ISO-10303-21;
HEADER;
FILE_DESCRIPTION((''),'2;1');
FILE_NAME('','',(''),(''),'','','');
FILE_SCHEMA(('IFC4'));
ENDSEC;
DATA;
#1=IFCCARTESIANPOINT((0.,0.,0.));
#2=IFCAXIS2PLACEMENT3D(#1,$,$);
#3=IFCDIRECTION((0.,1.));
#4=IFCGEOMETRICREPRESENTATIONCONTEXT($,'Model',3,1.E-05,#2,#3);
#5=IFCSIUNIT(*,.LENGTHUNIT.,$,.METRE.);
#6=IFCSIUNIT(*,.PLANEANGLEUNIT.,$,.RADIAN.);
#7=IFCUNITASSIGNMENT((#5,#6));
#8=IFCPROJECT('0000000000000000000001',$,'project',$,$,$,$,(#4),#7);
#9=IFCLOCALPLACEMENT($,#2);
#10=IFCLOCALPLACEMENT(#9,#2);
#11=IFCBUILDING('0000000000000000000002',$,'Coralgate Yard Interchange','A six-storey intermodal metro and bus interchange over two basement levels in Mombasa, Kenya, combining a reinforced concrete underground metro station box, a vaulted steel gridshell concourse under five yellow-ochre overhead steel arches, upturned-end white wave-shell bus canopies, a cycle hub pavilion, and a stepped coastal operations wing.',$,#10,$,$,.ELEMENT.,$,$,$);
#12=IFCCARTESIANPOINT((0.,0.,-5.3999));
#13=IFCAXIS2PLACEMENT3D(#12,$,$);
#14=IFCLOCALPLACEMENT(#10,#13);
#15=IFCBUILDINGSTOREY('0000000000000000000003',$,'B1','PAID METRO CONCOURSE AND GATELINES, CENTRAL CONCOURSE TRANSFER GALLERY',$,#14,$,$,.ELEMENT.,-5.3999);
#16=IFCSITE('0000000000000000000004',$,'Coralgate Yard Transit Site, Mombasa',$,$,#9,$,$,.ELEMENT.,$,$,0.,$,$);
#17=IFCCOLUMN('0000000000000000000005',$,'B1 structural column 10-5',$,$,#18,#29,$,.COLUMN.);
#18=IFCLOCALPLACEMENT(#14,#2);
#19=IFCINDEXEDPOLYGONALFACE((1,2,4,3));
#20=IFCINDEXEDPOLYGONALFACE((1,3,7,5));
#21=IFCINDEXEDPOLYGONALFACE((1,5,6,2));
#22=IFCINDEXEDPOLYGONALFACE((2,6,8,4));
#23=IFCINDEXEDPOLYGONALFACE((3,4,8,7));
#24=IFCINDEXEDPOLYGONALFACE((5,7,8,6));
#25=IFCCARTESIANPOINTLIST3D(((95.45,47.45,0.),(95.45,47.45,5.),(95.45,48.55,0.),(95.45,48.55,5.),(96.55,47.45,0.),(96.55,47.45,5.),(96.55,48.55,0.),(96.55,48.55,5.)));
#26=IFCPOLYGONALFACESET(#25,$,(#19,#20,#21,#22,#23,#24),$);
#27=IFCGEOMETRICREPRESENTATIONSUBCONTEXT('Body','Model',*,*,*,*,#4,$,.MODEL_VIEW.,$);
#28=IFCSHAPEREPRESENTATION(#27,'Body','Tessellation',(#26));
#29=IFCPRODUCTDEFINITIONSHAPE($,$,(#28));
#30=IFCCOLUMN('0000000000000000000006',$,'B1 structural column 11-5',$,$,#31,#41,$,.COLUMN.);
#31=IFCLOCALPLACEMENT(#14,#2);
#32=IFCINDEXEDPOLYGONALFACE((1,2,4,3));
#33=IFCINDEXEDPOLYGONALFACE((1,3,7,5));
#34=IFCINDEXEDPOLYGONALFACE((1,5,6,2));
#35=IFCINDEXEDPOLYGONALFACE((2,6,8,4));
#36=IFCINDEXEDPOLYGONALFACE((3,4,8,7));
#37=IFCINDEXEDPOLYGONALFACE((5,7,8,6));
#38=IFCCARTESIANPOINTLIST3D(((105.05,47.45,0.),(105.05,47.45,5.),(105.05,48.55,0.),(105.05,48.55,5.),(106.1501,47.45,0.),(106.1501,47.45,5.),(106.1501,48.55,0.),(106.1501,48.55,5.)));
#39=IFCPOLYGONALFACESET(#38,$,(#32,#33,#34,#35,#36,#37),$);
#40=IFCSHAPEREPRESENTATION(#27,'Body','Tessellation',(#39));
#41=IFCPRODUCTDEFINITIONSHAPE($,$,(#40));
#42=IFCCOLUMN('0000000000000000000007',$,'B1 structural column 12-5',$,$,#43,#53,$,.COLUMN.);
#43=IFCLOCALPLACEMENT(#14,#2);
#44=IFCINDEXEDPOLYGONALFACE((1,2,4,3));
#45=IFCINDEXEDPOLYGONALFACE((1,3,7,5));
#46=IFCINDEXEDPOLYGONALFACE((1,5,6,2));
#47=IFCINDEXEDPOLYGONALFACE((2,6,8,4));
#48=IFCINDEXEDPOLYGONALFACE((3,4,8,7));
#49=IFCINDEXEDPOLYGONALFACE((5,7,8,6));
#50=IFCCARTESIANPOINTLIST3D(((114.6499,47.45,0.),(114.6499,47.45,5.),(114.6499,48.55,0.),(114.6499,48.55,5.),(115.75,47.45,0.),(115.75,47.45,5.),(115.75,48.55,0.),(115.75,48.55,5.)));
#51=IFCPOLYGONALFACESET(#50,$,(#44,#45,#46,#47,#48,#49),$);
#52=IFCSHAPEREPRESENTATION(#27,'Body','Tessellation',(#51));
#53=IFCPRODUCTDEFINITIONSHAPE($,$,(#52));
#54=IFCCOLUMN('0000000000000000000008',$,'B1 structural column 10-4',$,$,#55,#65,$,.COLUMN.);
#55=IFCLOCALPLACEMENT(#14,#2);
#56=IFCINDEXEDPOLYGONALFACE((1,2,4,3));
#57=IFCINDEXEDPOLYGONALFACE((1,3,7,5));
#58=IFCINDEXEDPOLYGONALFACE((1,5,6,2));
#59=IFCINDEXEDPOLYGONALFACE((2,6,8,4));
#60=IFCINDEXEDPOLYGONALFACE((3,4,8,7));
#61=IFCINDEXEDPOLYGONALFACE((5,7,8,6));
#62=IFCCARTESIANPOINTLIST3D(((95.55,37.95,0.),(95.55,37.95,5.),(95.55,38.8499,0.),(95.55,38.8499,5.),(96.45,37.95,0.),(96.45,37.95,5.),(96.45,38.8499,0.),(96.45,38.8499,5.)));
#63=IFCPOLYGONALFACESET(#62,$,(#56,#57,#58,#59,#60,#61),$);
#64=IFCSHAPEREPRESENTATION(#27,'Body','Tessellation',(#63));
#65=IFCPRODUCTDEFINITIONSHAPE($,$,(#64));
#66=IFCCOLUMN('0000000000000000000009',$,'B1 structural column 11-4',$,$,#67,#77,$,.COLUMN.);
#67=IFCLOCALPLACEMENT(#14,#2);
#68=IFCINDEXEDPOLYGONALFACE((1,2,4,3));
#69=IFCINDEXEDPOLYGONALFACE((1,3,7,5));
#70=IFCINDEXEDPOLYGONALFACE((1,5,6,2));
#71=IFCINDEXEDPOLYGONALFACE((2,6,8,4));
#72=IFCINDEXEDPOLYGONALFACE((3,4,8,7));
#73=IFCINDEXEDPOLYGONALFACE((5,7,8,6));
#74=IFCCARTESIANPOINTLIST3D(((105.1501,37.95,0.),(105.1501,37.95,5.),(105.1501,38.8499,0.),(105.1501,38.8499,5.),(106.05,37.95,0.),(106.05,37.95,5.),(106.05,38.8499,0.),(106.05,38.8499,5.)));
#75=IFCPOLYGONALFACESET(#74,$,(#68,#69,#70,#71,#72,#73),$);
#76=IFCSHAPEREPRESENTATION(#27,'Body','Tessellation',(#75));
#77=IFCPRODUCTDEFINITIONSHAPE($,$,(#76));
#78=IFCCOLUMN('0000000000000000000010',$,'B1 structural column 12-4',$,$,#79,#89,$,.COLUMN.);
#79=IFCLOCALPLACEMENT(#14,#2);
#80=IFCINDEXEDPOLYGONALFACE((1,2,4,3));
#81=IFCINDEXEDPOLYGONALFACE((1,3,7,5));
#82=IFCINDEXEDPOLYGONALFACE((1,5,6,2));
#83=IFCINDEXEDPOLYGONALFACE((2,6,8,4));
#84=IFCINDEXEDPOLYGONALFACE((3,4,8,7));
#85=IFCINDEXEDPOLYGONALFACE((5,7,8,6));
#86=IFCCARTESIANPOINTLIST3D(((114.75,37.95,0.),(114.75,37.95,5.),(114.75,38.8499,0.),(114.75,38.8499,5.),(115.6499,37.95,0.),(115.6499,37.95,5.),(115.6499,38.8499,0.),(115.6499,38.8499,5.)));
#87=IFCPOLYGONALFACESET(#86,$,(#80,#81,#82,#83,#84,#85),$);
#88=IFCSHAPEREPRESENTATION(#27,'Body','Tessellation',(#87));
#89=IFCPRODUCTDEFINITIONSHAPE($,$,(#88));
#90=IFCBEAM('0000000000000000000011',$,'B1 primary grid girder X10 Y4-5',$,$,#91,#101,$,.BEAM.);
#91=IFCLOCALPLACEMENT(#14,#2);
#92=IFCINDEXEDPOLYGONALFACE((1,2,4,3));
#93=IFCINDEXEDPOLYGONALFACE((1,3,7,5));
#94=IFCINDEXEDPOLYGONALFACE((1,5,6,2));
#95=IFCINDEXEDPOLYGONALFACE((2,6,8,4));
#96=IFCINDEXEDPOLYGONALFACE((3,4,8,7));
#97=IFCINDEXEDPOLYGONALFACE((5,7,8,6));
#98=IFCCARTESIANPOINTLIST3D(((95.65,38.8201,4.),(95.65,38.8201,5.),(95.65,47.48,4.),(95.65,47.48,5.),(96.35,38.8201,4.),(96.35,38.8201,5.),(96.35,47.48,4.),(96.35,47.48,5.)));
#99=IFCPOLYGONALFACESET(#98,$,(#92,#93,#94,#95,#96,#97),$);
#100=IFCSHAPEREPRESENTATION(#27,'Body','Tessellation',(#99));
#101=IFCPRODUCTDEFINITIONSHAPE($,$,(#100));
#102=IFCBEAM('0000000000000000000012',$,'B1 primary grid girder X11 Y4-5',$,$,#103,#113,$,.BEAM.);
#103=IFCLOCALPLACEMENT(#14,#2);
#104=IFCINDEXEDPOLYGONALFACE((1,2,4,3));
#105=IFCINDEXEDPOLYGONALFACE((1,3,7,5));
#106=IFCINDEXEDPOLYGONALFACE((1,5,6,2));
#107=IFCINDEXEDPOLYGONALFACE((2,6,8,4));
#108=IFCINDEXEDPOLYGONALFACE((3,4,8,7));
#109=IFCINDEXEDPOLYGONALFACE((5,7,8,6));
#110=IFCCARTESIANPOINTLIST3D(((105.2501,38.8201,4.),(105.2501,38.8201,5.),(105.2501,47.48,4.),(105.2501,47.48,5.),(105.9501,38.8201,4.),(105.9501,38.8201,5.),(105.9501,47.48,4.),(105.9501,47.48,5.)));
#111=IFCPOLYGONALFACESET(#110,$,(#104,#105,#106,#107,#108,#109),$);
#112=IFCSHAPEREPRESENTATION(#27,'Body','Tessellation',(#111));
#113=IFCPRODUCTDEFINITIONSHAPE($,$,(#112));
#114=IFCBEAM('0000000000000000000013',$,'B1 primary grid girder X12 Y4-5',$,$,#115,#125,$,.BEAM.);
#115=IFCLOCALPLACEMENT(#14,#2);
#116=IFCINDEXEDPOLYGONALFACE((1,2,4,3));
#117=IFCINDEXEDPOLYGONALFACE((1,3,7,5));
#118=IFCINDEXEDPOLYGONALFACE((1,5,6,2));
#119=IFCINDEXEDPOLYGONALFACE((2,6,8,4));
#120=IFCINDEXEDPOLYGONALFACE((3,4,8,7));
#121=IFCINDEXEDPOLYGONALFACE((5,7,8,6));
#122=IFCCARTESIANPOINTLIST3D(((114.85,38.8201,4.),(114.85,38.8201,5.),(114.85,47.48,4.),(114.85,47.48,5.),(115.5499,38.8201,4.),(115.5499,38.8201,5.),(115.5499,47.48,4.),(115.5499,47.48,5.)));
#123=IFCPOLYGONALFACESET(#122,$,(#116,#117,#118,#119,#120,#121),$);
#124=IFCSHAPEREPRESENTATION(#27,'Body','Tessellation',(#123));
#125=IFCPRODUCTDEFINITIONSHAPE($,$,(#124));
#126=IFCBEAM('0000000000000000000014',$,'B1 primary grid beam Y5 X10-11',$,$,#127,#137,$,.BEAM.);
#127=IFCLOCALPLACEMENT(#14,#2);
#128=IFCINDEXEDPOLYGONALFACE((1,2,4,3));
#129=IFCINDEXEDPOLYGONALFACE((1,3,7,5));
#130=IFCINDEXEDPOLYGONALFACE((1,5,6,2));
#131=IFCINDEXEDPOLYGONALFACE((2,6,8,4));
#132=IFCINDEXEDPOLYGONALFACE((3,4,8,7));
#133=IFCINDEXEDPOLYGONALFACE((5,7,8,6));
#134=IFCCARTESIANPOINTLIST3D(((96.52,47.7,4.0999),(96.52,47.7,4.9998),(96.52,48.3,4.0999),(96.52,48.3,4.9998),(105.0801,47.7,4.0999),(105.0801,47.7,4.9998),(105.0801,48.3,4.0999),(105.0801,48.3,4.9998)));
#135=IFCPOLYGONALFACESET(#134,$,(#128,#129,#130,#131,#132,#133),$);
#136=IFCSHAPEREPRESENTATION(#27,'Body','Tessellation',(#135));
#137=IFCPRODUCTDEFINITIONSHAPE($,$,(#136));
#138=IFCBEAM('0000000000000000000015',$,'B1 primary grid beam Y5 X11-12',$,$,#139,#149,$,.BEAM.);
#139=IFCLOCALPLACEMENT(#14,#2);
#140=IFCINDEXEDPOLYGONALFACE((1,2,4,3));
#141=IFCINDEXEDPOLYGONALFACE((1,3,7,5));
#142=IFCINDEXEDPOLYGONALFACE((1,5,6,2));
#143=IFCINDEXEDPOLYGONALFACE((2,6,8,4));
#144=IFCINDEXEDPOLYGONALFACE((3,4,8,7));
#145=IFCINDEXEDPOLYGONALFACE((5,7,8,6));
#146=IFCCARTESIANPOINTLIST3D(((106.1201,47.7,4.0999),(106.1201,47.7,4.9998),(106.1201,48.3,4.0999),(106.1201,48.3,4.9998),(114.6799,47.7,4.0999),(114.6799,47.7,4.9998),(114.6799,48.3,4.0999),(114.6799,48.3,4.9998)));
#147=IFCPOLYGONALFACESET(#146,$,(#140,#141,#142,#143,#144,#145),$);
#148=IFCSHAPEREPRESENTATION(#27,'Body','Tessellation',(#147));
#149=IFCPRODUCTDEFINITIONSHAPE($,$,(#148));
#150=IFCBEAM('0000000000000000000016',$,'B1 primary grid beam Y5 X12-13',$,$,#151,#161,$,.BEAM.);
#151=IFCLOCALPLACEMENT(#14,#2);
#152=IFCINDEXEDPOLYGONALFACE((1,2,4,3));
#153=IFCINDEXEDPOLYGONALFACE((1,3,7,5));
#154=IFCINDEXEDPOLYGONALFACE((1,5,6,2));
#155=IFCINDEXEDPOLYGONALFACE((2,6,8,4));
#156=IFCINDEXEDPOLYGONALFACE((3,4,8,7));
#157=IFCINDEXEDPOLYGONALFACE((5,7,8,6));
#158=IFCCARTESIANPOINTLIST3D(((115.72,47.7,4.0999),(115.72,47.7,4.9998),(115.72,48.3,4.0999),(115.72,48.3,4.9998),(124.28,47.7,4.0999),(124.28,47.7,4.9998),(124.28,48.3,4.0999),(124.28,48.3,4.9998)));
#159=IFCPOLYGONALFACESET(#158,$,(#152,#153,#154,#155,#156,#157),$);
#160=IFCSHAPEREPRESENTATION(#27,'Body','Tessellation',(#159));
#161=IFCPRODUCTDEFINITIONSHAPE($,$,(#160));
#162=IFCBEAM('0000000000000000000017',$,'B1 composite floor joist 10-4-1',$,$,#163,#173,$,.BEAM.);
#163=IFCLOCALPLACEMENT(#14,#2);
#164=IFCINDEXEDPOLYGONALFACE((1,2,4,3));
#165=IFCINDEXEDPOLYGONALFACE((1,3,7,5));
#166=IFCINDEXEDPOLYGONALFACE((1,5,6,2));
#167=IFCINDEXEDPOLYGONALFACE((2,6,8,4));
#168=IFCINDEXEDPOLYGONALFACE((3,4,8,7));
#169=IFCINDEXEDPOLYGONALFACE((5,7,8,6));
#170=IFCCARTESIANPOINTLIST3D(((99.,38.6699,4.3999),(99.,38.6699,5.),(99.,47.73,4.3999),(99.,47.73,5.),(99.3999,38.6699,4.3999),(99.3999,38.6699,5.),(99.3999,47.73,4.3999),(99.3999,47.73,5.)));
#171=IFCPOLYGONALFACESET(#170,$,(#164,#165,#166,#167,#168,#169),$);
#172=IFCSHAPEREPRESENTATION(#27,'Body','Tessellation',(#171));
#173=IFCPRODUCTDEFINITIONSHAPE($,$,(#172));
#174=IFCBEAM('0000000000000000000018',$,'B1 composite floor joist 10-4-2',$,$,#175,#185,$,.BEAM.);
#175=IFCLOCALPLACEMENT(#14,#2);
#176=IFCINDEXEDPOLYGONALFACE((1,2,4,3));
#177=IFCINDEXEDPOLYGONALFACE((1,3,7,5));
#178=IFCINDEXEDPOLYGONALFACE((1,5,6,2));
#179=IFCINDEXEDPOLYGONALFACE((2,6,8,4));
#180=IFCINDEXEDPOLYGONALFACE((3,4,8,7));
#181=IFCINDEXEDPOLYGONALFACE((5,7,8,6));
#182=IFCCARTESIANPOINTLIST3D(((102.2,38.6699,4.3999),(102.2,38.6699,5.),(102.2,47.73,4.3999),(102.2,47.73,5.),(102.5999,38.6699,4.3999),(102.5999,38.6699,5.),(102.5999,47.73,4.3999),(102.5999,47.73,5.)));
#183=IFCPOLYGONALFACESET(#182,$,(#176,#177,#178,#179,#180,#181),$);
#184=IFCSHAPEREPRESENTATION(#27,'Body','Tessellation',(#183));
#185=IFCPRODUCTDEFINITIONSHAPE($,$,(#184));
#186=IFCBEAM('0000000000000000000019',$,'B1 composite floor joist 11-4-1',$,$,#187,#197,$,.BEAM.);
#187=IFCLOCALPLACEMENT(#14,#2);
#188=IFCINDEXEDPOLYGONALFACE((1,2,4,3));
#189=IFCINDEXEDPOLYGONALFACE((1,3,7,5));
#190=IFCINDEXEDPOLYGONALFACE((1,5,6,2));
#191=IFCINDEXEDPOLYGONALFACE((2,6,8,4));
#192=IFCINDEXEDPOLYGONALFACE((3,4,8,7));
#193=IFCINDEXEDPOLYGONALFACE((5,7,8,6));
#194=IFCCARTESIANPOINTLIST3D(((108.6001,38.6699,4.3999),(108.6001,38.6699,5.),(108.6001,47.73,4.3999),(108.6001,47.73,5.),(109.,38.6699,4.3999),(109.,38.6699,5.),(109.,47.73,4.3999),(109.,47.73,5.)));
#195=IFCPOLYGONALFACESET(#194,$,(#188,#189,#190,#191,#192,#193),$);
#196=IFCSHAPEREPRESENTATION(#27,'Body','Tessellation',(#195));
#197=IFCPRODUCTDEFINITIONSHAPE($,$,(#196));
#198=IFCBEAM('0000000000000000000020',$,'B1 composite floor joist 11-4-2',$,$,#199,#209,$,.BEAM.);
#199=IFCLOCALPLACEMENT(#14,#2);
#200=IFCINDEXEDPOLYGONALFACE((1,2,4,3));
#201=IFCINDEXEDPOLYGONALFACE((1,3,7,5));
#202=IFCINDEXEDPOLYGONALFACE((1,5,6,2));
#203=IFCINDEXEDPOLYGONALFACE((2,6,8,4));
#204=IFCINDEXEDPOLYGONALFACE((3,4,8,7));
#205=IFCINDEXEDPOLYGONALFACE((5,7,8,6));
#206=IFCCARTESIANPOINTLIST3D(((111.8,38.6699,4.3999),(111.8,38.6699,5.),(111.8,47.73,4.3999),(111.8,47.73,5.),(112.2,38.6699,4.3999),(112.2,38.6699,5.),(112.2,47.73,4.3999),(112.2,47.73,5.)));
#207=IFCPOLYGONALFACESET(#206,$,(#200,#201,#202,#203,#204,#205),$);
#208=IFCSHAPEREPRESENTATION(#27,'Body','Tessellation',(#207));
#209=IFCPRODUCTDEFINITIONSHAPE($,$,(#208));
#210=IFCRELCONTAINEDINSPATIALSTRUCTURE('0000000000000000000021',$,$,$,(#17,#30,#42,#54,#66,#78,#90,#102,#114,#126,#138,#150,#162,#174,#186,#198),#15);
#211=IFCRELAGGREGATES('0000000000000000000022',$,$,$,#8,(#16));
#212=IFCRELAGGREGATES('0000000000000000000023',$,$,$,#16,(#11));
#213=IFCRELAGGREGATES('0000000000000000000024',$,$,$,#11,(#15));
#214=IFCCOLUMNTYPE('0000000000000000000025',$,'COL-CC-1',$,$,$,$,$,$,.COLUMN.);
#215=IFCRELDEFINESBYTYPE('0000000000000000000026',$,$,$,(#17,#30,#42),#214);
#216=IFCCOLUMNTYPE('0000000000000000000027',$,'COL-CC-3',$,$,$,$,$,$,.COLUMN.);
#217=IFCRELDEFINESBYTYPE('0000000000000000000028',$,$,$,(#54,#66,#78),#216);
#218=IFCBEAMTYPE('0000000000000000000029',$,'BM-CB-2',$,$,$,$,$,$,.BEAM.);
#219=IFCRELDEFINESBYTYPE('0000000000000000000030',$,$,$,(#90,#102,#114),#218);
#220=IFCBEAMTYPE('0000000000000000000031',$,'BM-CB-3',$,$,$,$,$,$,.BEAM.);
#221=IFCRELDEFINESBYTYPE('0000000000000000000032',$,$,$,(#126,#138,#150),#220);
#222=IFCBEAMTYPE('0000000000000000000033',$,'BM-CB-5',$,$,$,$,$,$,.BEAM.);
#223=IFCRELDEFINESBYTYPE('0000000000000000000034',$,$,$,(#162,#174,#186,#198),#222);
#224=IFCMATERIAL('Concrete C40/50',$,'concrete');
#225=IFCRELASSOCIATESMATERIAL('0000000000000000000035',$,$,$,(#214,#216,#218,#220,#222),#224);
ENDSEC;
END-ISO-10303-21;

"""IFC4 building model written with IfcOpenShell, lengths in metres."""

from ifc_helpers import new_model, si_unit, direction, frame, origin, origin_2d, place, context, subcontext, project, spatial, rectangle, extrude, material, material_profile, profile_set, type_object, element, save


model = new_model("IFC4")

# Units and contexts
model_context = context("Model", 3, precision=1e-05, world=origin(), true_north=direction((0.0, 1.0)))
body_context = subcontext(model_context, "Body", "Model", "MODEL_VIEW")
ifc_project = project(units=[si_unit("LENGTHUNIT", "METRE"), si_unit("PLANEANGLEUNIT", "RADIAN")], contexts=[model_context])

# Site, building, storey
site_placement = place(None, origin())
site = spatial("IfcSite", under=ifc_project, at=site_placement, Name="Coralgate Yard Transit Site, Mombasa", CompositionType="ELEMENT", RefElevation=0.0)
building_placement = place(site_placement, origin())
building = spatial("IfcBuilding", under=site, at=building_placement, Name="Coralgate Yard Interchange", Description="A six-storey intermodal metro and bus interchange over two basement levels in Mombasa, Kenya, combining a reinforced concrete underground metro station box, a vaulted steel gridshell concourse under five yellow-ochre overhead steel arches, upturned-end white wave-shell bus canopies, a cycle hub pavilion, and a stepped coastal operations wing.", CompositionType="ELEMENT")
storey_placement = place(building_placement, frame((0.0, 0.0, -5.3999)))
storey = spatial("IfcBuildingStorey", under=building, at=storey_placement, Name="B1", Description="PAID METRO CONCOURSE AND GATELINES, CENTRAL CONCOURSE TRANSFER GALLERY", CompositionType="ELEMENT", Elevation=-5.3999)

# Columns
ifc_material_1 = material(Name="Concrete C40/50", Category="concrete")
ifc_material_profile_1 = material_profile(ifc_material_1, rectangle(XDim=1.1001, YDim=1.1001, at=origin_2d()), Name="RC 1100x1100")
ifc_profile_set_1 = profile_set([ifc_material_profile_1], Name="Concrete C40/50")
column_type_1 = type_object("IfcColumnType", Name="COL-CC-1", PredefinedType="COLUMN", material=ifc_profile_set_1)
for number, where, z_axis, x_axis, name in (
    (1, (96.0, 48.0, 0.0), (0.0, 0.0, 1.0), (1.0, 0.0, 0.0), "B1 structural column 10-5"),
    (2, (105.6001, 48.0, 0.0), (0.0, 0.0, 1.0), (1.0, 0.0, 0.0), "B1 structural column 11-5"),
    (3, (115.2, 48.0, 0.0), (0.0, 0.0, 1.0), (1.0, 0.0, 0.0), "B1 structural column 12-5"),
):
    element("IfcColumn", number, at=place(storey_placement, frame(where, z_axis=z_axis, x_axis=x_axis)), inside=storey, type_object=column_type_1, Name=name, PredefinedType="COLUMN", context=body_context, shape_type="SweptSolid", body=[
        extrude(rectangle(XDim=1.1001, YDim=1.1001, at=origin_2d()), origin(), (0.0, 0.0, 1.0), 5.0),
    ])
ifc_material_profile_2 = material_profile(ifc_material_1, rectangle(XDim=0.8999, YDim=0.8999, at=origin_2d()), Name="RC 900x900")
ifc_profile_set_2 = profile_set([ifc_material_profile_2], Name="Concrete C40/50")
column_type_2 = type_object("IfcColumnType", Name="COL-CC-3", PredefinedType="COLUMN", material=ifc_profile_set_2)
for number, where, z_axis, x_axis, name in (
    (4, (96.0, 38.3999, 0.0), (0.0, 0.0, 1.0), (1.0, 0.0, 0.0), "B1 structural column 10-4"),
    (5, (105.6001, 38.3999, 0.0), (0.0, 0.0, 1.0), (1.0, 0.0, 0.0), "B1 structural column 11-4"),
    (6, (115.2, 38.3999, 0.0), (0.0, 0.0, 1.0), (1.0, 0.0, 0.0), "B1 structural column 12-4"),
):
    element("IfcColumn", number, at=place(storey_placement, frame(where, z_axis=z_axis, x_axis=x_axis)), inside=storey, type_object=column_type_2, Name=name, PredefinedType="COLUMN", context=body_context, shape_type="SweptSolid", body=[
        extrude(rectangle(XDim=0.8999, YDim=0.8999, at=origin_2d()), origin(), (0.0, 0.0, 1.0), 5.0),
    ])

# Beams
ifc_material_profile_3 = material_profile(ifc_material_1, rectangle(XDim=0.7, YDim=1.0, at=origin_2d()), Name="RC 700x1000")
ifc_profile_set_3 = profile_set([ifc_material_profile_3], Name="Concrete C40/50")
beam_type_1 = type_object("IfcBeamType", Name="BM-CB-2", PredefinedType="BEAM", material=ifc_profile_set_3)
for number, where, z_axis, x_axis, name in (
    (7, (96.0, 38.8201, 4.5), (0.0, 1.0, 0.0), (-1.0, 0.0, 0.0), "B1 primary grid girder X10 Y4-5"),
    (8, (105.6001, 38.8201, 4.5), (0.0, 1.0, 0.0), (-1.0, 0.0, 0.0), "B1 primary grid girder X11 Y4-5"),
    (9, (115.2, 38.8201, 4.5), (0.0, 1.0, 0.0), (-1.0, 0.0, 0.0), "B1 primary grid girder X12 Y4-5"),
):
    element("IfcBeam", number, at=place(storey_placement, frame(where, z_axis=z_axis, x_axis=x_axis)), inside=storey, type_object=beam_type_1, Name=name, PredefinedType="BEAM", context=body_context, shape_type="SweptSolid", body=[
        extrude(rectangle(XDim=0.7, YDim=1.0, at=origin_2d()), origin(), (0.0, 0.0, 1.0), 8.6599),
    ])
ifc_material_profile_4 = material_profile(ifc_material_1, rectangle(XDim=0.6001, YDim=0.8999, at=origin_2d()), Name="RC 600x900")
ifc_profile_set_4 = profile_set([ifc_material_profile_4], Name="Concrete C40/50")
beam_type_2 = type_object("IfcBeamType", Name="BM-CB-3", PredefinedType="BEAM", material=ifc_profile_set_4)
beam_1_placement = place(storey_placement, frame((96.52, 48.0, 4.5498), z_axis=(1.0, 0.0, 0.0), x_axis=(0.0, 1.0, 0.0)))
element("IfcBeam", 10, at=beam_1_placement, inside=storey, type_object=beam_type_2, Name="B1 primary grid beam Y5 X10-11", PredefinedType="BEAM", context=body_context, shape_type="SweptSolid", body=[
    extrude(rectangle(XDim=0.6001, YDim=0.8999, at=origin_2d()), origin(), (0.0, 0.0, 1.0), 8.5601),
])
beam_2_placement = place(storey_placement, frame((106.1201, 48.0, 4.5498), z_axis=(1.0, 0.0, 0.0), x_axis=(0.0, 1.0, 0.0)))
element("IfcBeam", 11, at=beam_2_placement, inside=storey, type_object=beam_type_2, Name="B1 primary grid beam Y5 X11-12", PredefinedType="BEAM", context=body_context, shape_type="SweptSolid", body=[
    extrude(rectangle(XDim=0.6001, YDim=0.8999, at=origin_2d()), origin(), (0.0, 0.0, 1.0), 8.5598),
])
beam_3_placement = place(storey_placement, frame((115.72, 48.0, 4.5498), z_axis=(1.0, 0.0, 0.0), x_axis=(0.0, 1.0, 0.0)))
element("IfcBeam", 12, at=beam_3_placement, inside=storey, type_object=beam_type_2, Name="B1 primary grid beam Y5 X12-13", PredefinedType="BEAM", context=body_context, shape_type="SweptSolid", body=[
    extrude(rectangle(XDim=0.6001, YDim=0.8999, at=origin_2d()), origin(), (0.0, 0.0, 1.0), 8.5601),
])
ifc_material_profile_5 = material_profile(ifc_material_1, rectangle(XDim=0.3999, YDim=0.6001, at=origin_2d()), Name="RC 400x600")
ifc_profile_set_5 = profile_set([ifc_material_profile_5], Name="Concrete C40/50")
beam_type_3 = type_object("IfcBeamType", Name="BM-CB-5", PredefinedType="BEAM", material=ifc_profile_set_5)
for number, where, z_axis, x_axis, name in (
    (13, (99.2, 38.6699, 4.7), (0.0, 1.0, 0.0), (-1.0, 0.0, 0.0), "B1 composite floor joist 10-4-1"),
    (14, (102.3999, 38.6699, 4.7), (0.0, 1.0, 0.0), (-1.0, 0.0, 0.0), "B1 composite floor joist 10-4-2"),
    (15, (108.8, 38.6699, 4.7), (0.0, 1.0, 0.0), (-1.0, 0.0, 0.0), "B1 composite floor joist 11-4-1"),
    (16, (112.0, 38.6699, 4.7), (0.0, 1.0, 0.0), (-1.0, 0.0, 0.0), "B1 composite floor joist 11-4-2"),
):
    element("IfcBeam", number, at=place(storey_placement, frame(where, z_axis=z_axis, x_axis=x_axis)), inside=storey, type_object=beam_type_3, Name=name, PredefinedType="BEAM", context=body_context, shape_type="SweptSolid", body=[
        extrude(rectangle(XDim=0.3999, YDim=0.6001, at=origin_2d()), origin(), (0.0, 0.0, 1.0), 9.0601),
    ])

save(model, "model.ifc")
